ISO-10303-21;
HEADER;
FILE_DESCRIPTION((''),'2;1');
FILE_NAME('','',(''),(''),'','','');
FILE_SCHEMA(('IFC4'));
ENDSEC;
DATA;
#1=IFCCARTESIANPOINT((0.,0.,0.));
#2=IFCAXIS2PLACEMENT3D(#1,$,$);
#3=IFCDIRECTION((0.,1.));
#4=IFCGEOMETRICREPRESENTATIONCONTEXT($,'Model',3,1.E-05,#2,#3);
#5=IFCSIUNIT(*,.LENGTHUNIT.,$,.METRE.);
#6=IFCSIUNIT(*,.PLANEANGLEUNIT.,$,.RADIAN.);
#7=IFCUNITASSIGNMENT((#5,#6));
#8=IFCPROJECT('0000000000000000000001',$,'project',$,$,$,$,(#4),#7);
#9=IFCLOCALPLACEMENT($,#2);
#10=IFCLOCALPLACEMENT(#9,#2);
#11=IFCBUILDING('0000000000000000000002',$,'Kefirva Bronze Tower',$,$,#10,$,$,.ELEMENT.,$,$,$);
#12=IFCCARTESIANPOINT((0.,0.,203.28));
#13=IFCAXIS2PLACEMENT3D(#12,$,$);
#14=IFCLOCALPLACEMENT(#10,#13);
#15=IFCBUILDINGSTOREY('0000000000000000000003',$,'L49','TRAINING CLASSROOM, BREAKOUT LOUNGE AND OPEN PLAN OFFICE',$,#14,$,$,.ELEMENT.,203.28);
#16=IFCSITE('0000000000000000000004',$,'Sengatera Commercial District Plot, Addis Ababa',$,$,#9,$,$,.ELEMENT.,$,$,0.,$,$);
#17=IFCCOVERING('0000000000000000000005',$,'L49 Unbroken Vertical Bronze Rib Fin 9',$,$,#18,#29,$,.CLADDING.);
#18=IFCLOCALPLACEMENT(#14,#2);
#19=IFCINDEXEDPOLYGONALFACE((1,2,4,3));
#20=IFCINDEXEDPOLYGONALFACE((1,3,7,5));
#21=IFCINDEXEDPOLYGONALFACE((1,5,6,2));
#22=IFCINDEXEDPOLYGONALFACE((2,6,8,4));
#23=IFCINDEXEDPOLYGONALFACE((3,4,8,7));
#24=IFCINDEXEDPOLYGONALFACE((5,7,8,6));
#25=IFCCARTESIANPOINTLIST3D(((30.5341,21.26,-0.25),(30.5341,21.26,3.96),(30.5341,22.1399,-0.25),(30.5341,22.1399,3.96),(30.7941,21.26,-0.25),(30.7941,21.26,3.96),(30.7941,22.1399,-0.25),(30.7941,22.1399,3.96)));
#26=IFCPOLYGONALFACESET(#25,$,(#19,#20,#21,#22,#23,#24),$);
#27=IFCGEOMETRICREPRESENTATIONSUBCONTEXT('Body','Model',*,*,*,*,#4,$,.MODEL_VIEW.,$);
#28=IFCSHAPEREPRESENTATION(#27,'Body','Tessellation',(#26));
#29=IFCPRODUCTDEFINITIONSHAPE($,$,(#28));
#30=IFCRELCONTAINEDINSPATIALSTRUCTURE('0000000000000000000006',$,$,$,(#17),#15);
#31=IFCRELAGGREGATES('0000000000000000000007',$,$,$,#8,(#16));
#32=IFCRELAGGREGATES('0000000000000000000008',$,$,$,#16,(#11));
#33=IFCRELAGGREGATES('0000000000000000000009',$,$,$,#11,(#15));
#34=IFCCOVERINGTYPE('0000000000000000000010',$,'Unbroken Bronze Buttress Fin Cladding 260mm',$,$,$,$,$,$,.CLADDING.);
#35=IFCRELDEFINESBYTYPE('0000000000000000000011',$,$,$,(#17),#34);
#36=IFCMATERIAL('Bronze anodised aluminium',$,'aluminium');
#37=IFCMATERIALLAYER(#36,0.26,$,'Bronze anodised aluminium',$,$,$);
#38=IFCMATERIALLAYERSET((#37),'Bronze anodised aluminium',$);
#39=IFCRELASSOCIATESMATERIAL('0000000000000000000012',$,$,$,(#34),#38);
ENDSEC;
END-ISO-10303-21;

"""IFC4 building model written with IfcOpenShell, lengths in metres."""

from ifc_helpers import new_model, si_unit, direction, frame, origin, origin_2d, place, context, subcontext, project, spatial, rectangle, extrude, material, layer, layer_set, type_object, element, save


model = new_model("IFC4")

# Units and contexts
model_context = context("Model", 3, precision=1e-05, world=origin(), true_north=direction((0.0, 1.0)))
body_context = subcontext(model_context, "Body", "Model", "MODEL_VIEW")
ifc_project = project(units=[si_unit("LENGTHUNIT", "METRE"), si_unit("PLANEANGLEUNIT", "RADIAN")], contexts=[model_context])

# Site, building, storey
site_placement = place(None, origin())
site = spatial("IfcSite", under=ifc_project, at=site_placement, Name="Sengatera Commercial District Plot, Addis Ababa", CompositionType="ELEMENT", RefElevation=0.0)
building_placement = place(site_placement, origin())
building = spatial("IfcBuilding", under=site, at=building_placement, Name="Kefirva Bronze Tower", CompositionType="ELEMENT")
storey_placement = place(building_placement, frame((0.0, 0.0, 203.28)))
storey = spatial("IfcBuildingStorey", under=building, at=storey_placement, Name="L49", Description="TRAINING CLASSROOM, BREAKOUT LOUNGE AND OPEN PLAN OFFICE", CompositionType="ELEMENT", Elevation=203.28)

# Shared definitions
ifc_material_1 = material(Name="Bronze anodised aluminium", Category="aluminium")

# Covering
ifc_layer_1 = layer(ifc_material_1, 0.26, Name="Bronze anodised aluminium")
ifc_layer_set_1 = layer_set([ifc_layer_1], Name="Bronze anodised aluminium")
covering_type_1 = type_object("IfcCoveringType", Name="Unbroken Bronze Buttress Fin Cladding 260mm", PredefinedType="CLADDING", material=ifc_layer_set_1)
covering_1_placement = place(storey_placement, frame((30.6641, 21.7, -0.25), z_axis=(0.0, 0.0, 1.0), x_axis=(1.0, 0.0, 0.0)))
element("IfcCovering", 1, at=covering_1_placement, inside=storey, type_object=covering_type_1, Name="L49 Unbroken Vertical Bronze Rib Fin 9", PredefinedType="CLADDING", context=body_context, shape_type="SweptSolid", body=[
    extrude(rectangle(XDim=0.26, YDim=0.8799, at=origin_2d()), origin(), (0.0, 0.0, 1.0), 4.21),
])

save(model, "model.ifc")
